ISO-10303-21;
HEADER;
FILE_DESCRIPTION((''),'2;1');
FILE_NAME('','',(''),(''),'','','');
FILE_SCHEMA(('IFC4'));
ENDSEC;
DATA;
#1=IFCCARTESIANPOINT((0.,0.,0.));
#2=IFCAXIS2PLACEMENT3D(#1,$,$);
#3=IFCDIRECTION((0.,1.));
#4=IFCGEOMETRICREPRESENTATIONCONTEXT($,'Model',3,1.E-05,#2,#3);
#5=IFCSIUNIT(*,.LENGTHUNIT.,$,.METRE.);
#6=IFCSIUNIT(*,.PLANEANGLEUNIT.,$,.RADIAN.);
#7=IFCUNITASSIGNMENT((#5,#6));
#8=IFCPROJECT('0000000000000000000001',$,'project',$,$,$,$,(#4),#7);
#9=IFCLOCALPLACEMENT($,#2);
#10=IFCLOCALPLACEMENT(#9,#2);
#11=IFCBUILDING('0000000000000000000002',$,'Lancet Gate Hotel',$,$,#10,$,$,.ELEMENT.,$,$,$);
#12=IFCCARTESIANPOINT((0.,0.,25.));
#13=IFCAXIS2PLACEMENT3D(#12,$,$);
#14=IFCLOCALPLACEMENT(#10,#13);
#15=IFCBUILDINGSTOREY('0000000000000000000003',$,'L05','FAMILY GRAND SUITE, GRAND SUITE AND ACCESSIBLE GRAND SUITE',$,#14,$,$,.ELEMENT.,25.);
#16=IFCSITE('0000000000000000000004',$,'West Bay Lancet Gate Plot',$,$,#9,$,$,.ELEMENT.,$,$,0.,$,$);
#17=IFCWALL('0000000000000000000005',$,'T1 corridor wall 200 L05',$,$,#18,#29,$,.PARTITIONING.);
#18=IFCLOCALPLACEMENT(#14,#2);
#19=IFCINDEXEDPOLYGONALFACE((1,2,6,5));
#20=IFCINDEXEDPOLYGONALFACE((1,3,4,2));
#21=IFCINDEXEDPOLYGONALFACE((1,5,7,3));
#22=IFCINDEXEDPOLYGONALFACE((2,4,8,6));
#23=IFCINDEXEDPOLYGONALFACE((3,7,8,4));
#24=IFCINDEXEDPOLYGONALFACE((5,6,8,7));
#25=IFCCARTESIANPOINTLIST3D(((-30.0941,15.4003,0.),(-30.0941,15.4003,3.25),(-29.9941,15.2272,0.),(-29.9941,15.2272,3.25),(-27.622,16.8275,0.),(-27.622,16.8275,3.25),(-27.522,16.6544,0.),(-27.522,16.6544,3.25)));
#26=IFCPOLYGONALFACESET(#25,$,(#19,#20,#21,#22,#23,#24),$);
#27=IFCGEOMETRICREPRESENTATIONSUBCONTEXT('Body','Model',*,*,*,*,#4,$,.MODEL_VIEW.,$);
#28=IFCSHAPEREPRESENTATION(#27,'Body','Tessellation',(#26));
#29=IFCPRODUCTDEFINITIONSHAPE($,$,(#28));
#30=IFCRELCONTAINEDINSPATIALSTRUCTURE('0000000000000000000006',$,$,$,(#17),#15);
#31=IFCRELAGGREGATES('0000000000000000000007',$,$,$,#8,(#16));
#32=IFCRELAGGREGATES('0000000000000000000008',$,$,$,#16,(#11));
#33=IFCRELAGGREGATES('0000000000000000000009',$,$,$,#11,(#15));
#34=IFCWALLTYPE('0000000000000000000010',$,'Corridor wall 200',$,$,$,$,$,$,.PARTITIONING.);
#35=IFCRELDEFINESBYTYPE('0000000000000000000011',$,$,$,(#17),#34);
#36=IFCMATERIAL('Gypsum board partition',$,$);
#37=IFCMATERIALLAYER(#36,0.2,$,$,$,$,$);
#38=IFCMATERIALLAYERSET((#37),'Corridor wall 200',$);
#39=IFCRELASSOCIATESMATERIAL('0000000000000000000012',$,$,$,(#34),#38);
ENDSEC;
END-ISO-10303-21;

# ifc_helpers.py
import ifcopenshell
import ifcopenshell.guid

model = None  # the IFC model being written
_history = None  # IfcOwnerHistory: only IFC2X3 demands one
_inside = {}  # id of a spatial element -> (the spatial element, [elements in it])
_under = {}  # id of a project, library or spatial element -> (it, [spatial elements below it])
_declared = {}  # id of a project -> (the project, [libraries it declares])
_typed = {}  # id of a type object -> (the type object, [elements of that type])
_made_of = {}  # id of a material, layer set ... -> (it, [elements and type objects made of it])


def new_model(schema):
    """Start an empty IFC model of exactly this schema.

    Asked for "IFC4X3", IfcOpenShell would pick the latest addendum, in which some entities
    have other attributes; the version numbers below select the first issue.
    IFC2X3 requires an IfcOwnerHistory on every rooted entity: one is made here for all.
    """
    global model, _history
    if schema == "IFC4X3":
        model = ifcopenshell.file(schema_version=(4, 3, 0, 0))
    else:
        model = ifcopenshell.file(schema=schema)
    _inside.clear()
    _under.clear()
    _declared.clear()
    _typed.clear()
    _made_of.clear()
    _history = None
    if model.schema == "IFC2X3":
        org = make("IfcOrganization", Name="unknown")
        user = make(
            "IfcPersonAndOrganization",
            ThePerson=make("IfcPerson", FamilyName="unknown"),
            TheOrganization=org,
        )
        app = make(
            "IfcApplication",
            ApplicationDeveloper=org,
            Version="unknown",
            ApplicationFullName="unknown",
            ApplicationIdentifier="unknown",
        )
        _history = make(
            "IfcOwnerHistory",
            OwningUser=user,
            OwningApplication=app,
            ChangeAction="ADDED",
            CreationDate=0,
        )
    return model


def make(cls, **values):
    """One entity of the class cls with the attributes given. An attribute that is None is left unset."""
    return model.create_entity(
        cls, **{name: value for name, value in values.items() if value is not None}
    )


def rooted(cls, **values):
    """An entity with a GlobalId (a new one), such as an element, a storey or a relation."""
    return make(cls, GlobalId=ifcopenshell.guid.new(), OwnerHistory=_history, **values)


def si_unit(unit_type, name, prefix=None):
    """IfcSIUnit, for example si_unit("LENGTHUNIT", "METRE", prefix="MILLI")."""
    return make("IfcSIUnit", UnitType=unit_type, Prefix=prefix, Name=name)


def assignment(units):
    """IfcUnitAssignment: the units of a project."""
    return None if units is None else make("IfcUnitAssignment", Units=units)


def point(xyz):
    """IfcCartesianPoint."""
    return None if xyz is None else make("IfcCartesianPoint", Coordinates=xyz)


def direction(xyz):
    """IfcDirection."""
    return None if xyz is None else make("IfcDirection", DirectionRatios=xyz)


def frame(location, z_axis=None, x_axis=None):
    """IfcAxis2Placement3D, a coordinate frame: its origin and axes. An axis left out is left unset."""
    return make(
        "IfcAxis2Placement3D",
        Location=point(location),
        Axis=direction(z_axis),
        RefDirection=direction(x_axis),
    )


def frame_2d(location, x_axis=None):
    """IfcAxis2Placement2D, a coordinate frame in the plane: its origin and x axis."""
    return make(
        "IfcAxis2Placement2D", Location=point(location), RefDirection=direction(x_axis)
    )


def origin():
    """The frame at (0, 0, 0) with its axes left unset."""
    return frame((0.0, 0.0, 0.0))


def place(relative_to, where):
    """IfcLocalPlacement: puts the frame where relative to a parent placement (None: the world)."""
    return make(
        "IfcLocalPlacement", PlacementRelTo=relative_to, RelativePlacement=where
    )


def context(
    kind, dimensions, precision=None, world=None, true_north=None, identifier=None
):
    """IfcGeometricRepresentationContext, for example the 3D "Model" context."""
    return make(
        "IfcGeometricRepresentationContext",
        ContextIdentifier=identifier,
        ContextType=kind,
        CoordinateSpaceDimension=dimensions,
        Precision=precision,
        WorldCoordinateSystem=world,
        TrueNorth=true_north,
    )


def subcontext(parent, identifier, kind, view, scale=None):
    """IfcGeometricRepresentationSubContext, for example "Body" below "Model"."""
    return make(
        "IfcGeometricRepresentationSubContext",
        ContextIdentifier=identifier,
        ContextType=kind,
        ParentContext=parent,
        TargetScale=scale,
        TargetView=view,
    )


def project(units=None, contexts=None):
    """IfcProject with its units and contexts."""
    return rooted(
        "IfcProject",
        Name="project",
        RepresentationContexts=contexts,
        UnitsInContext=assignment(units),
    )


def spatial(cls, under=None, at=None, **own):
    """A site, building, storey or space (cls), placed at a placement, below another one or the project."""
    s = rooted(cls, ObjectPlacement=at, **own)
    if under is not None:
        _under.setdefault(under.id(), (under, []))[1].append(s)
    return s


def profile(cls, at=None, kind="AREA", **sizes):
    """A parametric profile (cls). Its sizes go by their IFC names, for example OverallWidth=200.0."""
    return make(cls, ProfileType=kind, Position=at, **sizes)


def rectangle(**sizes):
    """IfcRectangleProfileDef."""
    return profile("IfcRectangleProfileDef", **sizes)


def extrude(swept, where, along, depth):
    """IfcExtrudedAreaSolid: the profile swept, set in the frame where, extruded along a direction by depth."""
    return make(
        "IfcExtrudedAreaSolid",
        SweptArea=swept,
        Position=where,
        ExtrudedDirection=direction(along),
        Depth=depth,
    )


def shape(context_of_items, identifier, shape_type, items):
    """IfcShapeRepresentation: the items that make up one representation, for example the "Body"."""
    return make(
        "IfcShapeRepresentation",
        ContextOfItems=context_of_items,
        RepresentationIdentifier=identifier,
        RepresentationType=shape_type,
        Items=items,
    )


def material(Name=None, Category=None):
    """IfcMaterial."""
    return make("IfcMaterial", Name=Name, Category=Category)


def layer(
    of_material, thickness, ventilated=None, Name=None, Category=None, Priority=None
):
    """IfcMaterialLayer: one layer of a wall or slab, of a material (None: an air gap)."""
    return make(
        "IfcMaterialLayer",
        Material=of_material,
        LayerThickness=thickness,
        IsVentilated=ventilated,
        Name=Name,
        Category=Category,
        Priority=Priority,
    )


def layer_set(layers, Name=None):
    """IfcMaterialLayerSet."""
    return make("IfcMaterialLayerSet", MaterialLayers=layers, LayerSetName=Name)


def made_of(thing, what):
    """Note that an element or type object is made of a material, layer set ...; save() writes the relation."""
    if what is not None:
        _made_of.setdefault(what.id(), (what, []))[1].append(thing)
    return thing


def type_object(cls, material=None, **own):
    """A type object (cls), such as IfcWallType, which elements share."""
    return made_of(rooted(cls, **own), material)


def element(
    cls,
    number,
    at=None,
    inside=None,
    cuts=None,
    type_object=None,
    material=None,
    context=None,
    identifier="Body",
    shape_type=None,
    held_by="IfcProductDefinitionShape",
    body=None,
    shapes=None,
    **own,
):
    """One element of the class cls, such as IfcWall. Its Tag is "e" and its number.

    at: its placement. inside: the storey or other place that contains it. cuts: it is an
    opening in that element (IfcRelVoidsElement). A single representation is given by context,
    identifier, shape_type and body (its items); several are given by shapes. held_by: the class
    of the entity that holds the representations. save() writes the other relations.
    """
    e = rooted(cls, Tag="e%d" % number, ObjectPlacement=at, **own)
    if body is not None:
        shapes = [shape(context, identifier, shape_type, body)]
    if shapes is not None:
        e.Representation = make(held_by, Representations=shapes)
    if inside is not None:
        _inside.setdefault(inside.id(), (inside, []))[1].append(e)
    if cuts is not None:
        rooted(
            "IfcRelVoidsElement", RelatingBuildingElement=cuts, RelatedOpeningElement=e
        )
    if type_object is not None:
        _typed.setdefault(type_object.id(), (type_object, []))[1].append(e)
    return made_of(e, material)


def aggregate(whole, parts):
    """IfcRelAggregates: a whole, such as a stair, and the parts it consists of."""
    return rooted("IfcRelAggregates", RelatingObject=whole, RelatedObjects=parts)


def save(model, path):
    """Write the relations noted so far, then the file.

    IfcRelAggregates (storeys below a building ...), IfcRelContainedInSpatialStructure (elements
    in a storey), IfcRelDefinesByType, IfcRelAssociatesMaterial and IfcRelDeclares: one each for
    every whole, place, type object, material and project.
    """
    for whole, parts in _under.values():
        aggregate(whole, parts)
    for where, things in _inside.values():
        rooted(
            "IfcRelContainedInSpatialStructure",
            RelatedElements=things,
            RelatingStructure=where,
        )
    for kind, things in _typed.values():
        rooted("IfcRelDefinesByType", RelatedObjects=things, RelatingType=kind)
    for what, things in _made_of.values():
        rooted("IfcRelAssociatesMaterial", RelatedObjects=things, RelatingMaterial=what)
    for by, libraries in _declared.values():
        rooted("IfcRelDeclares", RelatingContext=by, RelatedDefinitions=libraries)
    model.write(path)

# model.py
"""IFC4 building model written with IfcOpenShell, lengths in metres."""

from ifc_helpers import new_model, si_unit, direction, frame, frame_2d, origin, place, context, subcontext, project, spatial, rectangle, extrude, material, layer, layer_set, type_object, element, save


model = new_model("IFC4")

# Units and contexts
model_context = context("Model", 3, precision=1e-05, world=origin(), true_north=direction((0.0, 1.0)))
body_context = subcontext(model_context, "Body", "Model", "MODEL_VIEW")
ifc_project = project(units=[si_unit("LENGTHUNIT", "METRE"), si_unit("PLANEANGLEUNIT", "RADIAN")], contexts=[model_context])

# Site, building, storey
site_placement = place(None, origin())
site = spatial("IfcSite", under=ifc_project, at=site_placement, Name="West Bay Lancet Gate Plot", CompositionType="ELEMENT", RefElevation=0.0)
building_placement = place(site_placement, origin())
building = spatial("IfcBuilding", under=site, at=building_placement, Name="Lancet Gate Hotel", CompositionType="ELEMENT")
storey_placement = place(building_placement, frame((0.0, 0.0, 25.0)))
storey = spatial("IfcBuildingStorey", under=building, at=storey_placement, Name="L05", Description="FAMILY GRAND SUITE, GRAND SUITE AND ACCESSIBLE GRAND SUITE", CompositionType="ELEMENT", Elevation=25.0)

# Wall
ifc_material_1 = material(Name="Gypsum board partition")
ifc_layer_1 = layer(ifc_material_1, 0.2)
ifc_layer_set_1 = layer_set([ifc_layer_1], Name="Corridor wall 200")
wall_type_1 = type_object("IfcWallType", Name="Corridor wall 200", PredefinedType="PARTITIONING", material=ifc_layer_set_1)
wall_1_placement = place(storey_placement, frame((-27.572, 16.741, 0.0), z_axis=(0.0, 0.0, 1.0), x_axis=(-0.866035, -0.499984, 0.0)))
element("IfcWall", 1, at=wall_1_placement, inside=storey, type_object=wall_type_1, Name="T1 corridor wall 200 L05", PredefinedType="PARTITIONING", context=body_context, shape_type="SweptSolid", body=[
    extrude(rectangle(XDim=2.8545, YDim=0.2, at=frame_2d((1.4272, 0.0))), origin(), (0.0, 0.0, 1.0), 3.25),
])

save(model, "model.ifc")
